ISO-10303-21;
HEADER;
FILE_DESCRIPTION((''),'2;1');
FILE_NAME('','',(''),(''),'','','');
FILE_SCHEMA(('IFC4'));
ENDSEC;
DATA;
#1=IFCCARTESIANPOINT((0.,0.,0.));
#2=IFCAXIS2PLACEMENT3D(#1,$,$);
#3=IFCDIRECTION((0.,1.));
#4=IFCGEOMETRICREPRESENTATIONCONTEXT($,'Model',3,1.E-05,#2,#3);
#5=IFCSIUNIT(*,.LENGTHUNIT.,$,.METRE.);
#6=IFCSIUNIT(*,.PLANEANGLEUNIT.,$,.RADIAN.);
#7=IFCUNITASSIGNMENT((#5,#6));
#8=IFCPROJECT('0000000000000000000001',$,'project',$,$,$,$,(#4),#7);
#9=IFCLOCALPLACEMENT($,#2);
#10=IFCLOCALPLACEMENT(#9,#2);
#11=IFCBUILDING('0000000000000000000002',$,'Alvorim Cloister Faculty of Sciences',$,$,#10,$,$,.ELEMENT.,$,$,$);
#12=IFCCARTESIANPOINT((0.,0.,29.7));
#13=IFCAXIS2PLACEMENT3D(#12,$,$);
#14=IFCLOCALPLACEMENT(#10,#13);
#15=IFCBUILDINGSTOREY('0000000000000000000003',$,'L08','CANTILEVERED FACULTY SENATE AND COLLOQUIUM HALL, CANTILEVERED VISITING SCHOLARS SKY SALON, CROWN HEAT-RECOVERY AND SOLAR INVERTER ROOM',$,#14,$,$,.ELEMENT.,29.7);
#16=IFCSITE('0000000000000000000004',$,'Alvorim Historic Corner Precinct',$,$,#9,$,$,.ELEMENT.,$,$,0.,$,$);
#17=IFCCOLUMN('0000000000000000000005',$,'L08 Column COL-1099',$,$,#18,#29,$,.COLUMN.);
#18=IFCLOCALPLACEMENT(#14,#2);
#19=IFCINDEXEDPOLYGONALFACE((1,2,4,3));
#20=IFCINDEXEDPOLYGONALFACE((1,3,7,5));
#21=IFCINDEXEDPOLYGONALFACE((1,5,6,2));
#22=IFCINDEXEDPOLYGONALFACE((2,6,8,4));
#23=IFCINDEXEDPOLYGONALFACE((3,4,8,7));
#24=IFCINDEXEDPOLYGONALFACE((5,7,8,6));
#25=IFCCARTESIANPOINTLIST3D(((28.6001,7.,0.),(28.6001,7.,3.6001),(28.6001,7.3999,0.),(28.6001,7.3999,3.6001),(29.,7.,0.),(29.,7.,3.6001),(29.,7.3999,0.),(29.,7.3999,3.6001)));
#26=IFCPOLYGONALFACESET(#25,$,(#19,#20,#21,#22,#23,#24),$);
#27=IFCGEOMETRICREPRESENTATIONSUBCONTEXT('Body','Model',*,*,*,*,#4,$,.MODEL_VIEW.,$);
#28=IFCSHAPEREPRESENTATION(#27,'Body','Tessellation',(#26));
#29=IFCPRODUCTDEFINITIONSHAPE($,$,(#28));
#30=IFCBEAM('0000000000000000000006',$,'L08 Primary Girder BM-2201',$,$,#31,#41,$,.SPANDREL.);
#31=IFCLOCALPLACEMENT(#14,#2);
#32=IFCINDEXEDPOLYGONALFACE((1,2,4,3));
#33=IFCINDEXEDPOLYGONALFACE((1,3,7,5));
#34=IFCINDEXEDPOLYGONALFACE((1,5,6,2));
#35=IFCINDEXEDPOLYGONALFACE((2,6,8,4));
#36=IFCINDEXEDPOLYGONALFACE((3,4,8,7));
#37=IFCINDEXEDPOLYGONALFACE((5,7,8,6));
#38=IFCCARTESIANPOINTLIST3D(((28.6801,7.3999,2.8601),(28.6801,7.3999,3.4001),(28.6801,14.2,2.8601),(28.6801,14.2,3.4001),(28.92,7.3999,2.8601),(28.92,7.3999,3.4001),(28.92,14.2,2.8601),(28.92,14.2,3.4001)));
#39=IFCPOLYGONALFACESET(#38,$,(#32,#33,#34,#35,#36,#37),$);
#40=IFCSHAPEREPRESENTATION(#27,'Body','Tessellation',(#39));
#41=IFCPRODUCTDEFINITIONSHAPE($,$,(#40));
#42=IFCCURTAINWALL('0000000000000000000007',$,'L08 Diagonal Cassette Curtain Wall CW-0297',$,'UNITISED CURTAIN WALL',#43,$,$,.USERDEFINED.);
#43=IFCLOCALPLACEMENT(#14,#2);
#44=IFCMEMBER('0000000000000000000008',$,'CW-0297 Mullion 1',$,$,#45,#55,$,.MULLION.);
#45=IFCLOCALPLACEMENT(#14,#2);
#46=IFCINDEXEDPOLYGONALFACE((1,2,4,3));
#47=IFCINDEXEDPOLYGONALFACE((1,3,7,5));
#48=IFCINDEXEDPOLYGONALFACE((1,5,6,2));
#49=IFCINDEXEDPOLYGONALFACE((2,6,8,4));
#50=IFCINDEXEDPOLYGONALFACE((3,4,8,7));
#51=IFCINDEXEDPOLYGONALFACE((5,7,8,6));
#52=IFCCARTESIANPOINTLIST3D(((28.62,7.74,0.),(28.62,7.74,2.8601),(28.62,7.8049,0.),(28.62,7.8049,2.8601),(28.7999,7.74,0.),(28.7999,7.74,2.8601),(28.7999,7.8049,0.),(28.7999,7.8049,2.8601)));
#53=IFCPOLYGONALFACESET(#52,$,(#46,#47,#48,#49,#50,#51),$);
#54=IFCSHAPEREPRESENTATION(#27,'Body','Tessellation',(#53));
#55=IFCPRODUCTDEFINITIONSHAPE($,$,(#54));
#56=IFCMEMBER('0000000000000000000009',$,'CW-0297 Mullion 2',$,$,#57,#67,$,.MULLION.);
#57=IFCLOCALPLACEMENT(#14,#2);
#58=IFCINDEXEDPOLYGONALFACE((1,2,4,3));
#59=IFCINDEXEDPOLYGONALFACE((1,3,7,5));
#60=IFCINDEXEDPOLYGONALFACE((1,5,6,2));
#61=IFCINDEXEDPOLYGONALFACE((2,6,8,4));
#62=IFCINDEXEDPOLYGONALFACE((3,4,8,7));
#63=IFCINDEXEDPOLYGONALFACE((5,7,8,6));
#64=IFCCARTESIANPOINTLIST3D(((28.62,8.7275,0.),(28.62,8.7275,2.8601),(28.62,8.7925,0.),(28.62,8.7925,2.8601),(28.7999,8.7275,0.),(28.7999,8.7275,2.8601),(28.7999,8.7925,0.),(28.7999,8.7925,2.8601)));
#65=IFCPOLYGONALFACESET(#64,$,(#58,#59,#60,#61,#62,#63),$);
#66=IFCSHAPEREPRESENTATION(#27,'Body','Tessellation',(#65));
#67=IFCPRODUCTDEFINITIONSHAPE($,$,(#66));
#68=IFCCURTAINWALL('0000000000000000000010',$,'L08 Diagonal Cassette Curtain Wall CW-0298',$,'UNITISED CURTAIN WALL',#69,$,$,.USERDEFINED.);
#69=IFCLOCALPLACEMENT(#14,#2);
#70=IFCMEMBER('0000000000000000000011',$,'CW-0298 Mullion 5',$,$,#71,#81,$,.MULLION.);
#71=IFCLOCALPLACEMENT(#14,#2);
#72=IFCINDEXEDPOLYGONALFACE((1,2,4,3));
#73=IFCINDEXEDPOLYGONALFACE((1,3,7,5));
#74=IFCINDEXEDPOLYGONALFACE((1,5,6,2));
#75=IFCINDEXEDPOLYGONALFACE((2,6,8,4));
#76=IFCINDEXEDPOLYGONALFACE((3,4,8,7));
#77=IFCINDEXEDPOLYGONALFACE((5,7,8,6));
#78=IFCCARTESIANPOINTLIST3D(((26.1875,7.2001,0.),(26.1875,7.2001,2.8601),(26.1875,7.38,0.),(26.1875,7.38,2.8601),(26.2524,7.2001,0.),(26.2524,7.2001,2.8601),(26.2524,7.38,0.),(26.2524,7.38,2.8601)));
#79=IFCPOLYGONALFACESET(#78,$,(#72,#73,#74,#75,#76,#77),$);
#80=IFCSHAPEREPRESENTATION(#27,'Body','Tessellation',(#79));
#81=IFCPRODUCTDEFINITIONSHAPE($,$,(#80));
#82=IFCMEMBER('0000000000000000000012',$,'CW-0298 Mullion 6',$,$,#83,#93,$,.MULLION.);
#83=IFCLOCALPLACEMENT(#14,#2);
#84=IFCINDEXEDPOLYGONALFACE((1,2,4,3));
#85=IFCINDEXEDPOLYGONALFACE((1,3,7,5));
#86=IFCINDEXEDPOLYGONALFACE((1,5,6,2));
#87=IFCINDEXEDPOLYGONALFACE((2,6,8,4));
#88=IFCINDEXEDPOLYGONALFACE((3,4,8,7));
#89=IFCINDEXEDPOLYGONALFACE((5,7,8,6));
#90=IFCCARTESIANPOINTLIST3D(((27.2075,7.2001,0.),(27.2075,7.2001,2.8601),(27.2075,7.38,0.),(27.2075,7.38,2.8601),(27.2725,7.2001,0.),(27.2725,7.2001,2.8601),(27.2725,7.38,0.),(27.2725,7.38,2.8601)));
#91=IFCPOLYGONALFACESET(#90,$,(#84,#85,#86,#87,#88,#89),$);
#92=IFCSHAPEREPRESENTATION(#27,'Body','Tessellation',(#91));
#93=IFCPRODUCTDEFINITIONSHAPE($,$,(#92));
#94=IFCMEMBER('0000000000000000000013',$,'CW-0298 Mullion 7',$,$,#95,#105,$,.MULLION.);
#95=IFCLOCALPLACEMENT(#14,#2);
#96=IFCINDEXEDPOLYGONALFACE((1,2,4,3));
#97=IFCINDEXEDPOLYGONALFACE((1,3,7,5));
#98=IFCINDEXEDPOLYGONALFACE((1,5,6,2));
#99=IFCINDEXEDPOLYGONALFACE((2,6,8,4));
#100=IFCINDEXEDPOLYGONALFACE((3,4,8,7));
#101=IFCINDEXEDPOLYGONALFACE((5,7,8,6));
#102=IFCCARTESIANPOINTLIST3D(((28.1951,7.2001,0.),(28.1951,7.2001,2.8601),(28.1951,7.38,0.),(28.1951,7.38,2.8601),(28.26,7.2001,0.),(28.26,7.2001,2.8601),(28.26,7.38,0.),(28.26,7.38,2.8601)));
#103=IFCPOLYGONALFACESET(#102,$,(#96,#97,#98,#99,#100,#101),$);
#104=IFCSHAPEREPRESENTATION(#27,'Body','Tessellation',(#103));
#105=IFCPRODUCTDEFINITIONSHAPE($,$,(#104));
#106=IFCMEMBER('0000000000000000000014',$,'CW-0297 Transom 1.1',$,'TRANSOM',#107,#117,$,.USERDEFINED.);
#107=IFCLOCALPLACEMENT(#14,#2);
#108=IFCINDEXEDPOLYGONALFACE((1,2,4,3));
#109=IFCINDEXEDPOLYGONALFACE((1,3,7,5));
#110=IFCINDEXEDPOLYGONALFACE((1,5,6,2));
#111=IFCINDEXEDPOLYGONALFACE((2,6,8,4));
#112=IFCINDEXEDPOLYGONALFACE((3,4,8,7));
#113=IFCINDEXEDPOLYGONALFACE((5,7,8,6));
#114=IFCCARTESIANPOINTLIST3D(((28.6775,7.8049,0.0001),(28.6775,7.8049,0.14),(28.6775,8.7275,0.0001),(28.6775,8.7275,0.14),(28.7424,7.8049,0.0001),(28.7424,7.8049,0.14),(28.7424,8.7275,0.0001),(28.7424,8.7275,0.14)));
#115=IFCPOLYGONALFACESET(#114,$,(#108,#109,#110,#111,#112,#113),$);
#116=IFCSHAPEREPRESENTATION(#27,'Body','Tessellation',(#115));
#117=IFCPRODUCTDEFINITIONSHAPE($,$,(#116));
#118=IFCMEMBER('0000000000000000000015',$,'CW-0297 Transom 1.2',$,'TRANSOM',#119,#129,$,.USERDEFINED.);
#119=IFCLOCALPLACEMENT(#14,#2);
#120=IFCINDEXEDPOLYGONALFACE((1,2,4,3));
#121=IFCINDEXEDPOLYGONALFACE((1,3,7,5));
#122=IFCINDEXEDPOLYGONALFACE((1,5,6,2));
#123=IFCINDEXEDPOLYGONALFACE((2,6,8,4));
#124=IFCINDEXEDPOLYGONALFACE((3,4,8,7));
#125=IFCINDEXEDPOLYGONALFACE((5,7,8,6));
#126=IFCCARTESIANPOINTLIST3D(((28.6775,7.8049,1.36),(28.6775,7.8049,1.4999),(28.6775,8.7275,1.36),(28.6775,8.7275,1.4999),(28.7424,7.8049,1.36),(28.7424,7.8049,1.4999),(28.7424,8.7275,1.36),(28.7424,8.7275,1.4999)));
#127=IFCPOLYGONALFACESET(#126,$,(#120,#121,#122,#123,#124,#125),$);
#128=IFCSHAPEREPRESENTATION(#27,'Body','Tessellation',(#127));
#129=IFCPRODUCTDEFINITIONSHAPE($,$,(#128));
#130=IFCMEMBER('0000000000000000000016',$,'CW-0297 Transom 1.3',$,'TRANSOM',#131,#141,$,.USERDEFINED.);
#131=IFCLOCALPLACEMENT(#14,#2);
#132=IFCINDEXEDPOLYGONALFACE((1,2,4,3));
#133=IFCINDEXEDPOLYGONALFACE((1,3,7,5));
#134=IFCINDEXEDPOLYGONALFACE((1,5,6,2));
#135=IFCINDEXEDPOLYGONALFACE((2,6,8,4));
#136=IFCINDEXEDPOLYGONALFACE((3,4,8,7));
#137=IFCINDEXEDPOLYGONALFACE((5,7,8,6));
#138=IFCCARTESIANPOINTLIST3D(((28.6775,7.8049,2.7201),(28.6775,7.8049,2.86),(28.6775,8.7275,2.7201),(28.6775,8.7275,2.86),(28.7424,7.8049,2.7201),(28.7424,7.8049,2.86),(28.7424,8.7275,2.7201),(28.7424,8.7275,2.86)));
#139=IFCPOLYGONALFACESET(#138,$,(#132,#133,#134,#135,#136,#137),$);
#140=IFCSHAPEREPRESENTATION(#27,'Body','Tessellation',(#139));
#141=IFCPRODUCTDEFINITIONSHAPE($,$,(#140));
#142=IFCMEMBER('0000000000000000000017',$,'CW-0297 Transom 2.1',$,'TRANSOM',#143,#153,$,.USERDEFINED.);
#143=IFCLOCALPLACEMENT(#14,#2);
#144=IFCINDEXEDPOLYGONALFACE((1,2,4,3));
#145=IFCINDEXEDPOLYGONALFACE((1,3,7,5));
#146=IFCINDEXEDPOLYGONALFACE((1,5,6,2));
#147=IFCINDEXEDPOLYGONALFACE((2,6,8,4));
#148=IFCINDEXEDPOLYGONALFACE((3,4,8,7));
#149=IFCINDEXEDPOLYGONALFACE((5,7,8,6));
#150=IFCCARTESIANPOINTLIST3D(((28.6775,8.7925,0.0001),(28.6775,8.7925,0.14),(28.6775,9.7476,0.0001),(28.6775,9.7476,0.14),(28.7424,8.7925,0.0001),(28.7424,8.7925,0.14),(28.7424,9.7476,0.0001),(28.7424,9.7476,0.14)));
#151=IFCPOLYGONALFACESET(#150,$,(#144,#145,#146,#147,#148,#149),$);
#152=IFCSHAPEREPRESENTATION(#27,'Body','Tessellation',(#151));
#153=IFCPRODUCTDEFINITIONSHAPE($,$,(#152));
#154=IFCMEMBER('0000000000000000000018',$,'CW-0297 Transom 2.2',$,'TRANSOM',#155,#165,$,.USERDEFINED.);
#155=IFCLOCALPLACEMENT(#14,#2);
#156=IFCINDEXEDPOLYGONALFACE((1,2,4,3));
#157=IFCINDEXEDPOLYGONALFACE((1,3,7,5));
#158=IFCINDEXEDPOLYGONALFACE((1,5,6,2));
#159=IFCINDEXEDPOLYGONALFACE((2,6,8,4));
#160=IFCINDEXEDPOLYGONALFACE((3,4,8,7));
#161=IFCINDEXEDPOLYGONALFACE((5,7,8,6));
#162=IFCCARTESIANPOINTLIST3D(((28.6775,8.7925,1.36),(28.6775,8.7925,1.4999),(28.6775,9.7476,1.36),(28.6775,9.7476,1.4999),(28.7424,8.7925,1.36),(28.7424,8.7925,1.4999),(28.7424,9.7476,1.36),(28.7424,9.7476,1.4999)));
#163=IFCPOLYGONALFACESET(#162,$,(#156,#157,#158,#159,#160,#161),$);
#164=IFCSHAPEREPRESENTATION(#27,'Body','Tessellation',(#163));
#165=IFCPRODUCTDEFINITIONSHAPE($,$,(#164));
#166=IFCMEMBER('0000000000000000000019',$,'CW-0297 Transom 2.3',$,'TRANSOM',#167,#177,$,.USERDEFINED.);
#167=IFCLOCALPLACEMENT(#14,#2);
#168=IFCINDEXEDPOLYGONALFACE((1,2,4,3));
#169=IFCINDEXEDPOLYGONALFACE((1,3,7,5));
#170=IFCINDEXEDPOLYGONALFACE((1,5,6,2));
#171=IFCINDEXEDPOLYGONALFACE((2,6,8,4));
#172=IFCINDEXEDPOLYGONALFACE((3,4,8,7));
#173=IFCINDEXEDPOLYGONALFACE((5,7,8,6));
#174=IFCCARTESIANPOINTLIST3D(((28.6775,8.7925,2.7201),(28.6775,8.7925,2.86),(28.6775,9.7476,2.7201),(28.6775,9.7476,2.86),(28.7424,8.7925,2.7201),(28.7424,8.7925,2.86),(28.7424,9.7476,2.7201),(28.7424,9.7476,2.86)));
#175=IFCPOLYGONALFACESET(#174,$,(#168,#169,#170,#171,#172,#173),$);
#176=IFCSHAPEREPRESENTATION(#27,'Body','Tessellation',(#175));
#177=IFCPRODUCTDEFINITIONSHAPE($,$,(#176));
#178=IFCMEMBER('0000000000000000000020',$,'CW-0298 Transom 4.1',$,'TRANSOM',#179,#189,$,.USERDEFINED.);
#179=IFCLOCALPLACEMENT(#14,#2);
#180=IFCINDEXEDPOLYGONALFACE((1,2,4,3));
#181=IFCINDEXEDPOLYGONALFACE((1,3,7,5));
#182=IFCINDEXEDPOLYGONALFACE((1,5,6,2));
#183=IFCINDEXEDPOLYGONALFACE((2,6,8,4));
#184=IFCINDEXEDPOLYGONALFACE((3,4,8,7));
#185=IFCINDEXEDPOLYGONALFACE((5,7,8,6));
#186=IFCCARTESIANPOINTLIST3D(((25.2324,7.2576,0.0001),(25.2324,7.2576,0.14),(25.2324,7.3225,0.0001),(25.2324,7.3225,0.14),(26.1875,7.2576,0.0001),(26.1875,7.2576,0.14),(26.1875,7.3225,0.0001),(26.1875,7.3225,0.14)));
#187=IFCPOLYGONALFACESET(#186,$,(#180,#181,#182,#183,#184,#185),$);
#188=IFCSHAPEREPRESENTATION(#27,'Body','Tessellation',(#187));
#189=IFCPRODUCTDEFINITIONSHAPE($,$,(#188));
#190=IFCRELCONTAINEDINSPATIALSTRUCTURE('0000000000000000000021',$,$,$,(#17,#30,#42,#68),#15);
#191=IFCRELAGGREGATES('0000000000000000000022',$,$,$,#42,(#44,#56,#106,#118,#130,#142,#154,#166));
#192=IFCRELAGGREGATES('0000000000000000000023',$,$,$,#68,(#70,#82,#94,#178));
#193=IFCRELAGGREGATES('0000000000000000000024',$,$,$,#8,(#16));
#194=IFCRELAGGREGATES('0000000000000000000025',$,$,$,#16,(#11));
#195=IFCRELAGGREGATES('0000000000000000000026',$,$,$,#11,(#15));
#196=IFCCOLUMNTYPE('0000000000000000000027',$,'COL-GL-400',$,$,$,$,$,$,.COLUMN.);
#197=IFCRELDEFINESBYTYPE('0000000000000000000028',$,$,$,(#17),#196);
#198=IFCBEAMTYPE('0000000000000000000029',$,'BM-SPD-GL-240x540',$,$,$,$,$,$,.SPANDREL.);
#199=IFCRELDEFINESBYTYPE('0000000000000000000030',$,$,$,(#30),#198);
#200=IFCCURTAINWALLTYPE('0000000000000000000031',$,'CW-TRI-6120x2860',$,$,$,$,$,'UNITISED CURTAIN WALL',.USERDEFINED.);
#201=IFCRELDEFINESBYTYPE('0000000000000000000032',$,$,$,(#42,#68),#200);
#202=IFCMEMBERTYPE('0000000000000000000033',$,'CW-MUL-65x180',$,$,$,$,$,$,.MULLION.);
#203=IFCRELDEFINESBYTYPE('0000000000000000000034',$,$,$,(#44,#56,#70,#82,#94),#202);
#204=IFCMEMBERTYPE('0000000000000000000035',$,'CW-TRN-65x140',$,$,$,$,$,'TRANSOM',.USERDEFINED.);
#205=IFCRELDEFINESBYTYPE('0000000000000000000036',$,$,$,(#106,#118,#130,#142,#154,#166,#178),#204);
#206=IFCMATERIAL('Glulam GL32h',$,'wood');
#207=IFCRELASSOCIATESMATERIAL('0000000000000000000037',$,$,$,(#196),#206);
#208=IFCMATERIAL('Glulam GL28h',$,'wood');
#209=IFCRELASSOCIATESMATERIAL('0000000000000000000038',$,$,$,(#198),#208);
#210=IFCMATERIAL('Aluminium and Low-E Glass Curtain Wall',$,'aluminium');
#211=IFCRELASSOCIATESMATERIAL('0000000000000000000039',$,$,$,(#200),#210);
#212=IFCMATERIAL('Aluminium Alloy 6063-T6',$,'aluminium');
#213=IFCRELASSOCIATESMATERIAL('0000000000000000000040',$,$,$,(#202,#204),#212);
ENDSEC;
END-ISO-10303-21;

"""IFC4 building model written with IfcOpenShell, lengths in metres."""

from ifc_helpers import new_model, si_unit, direction, frame, origin, origin_2d, place, context, subcontext, project, spatial, rectangle, extrude, material, material_profile, profile_set, type_object, element, aggregate, save


model = new_model("IFC4")

# Units and contexts
model_context = context("Model", 3, precision=1e-05, world=origin(), true_north=direction((0.0, 1.0)))
body_context = subcontext(model_context, "Body", "Model", "MODEL_VIEW")
ifc_project = project(units=[si_unit("LENGTHUNIT", "METRE"), si_unit("PLANEANGLEUNIT", "RADIAN")], contexts=[model_context])

# Site, building, storey
site_placement = place(None, origin())
site = spatial("IfcSite", under=ifc_project, at=site_placement, Name="Alvorim Historic Corner Precinct", CompositionType="ELEMENT", RefElevation=0.0)
building_placement = place(site_placement, origin())
building = spatial("IfcBuilding", under=site, at=building_placement, Name="Alvorim Cloister Faculty of Sciences", CompositionType="ELEMENT")
storey_placement = place(building_placement, frame((0.0, 0.0, 29.7)))
storey = spatial("IfcBuildingStorey", under=building, at=storey_placement, Name="L08", Description="CANTILEVERED FACULTY SENATE AND COLLOQUIUM HALL, CANTILEVERED VISITING SCHOLARS SKY SALON, CROWN HEAT-RECOVERY AND SOLAR INVERTER ROOM", CompositionType="ELEMENT", Elevation=29.7)

# Column
ifc_material_1 = material(Name="Glulam GL32h", Category="wood")
ifc_material_profile_1 = material_profile(ifc_material_1, rectangle(XDim=0.3999, YDim=0.3999, at=origin_2d()), Name="GL32-COL-400x400")
ifc_profile_set_1 = profile_set([ifc_material_profile_1], Name="Glulam GL32h")
column_type = type_object("IfcColumnType", Name="COL-GL-400", PredefinedType="COLUMN", material=ifc_profile_set_1)
column_placement = place(storey_placement, frame((28.8, 7.2, 0.0), z_axis=(0.0, 0.0, 1.0), x_axis=(1.0, 0.0, 0.0)))
element("IfcColumn", 1, at=column_placement, inside=storey, type_object=column_type, Name="L08 Column COL-1099", PredefinedType="COLUMN", context=body_context, shape_type="SweptSolid", body=[
    extrude(rectangle(XDim=0.3999, YDim=0.3999, at=origin_2d()), origin(), (0.0, 0.0, 1.0), 3.6001),
])

# Beam
ifc_material_2 = material(Name="Glulam GL28h", Category="wood")
ifc_material_profile_2 = material_profile(ifc_material_2, rectangle(XDim=0.24, YDim=0.54, at=origin_2d()), Name="GL28-SPD-240x540")
ifc_profile_set_2 = profile_set([ifc_material_profile_2], Name="Glulam GL28h")
beam_type = type_object("IfcBeamType", Name="BM-SPD-GL-240x540", PredefinedType="SPANDREL", material=ifc_profile_set_2)
beam_placement = place(storey_placement, frame((28.8, 7.3999, 3.1301), z_axis=(0.0, 1.0, 0.0), x_axis=(-1.0, 0.0, 0.0)))
element("IfcBeam", 2, at=beam_placement, inside=storey, type_object=beam_type, Name="L08 Primary Girder BM-2201", PredefinedType="SPANDREL", context=body_context, shape_type="SweptSolid", body=[
    extrude(rectangle(XDim=0.24, YDim=0.54, at=origin_2d()), origin(), (0.0, 0.0, 1.0), 6.8),
])

# Curtain walls, members
ifc_material_3 = material(Name="Aluminium and Low-E Glass Curtain Wall", Category="aluminium")
curtain_wall_type = type_object("IfcCurtainWallType", Name="CW-TRI-6120x2860", ElementType="UNITISED CURTAIN WALL", PredefinedType="USERDEFINED", material=ifc_material_3)
curtain_wall_1_placement = place(storey_placement, origin())
curtain_wall_1 = element("IfcCurtainWall", 3, at=curtain_wall_1_placement, inside=storey, type_object=curtain_wall_type, Name="L08 Diagonal Cassette Curtain Wall CW-0297", ObjectType="UNITISED CURTAIN WALL", PredefinedType="USERDEFINED")
ifc_material_4 = material(Name="Aluminium Alloy 6063-T6", Category="aluminium")
ifc_material_profile_3 = material_profile(ifc_material_4, rectangle(XDim=0.0649, YDim=0.1799, at=origin_2d()), Name="ALU-MUL-65x180")
ifc_profile_set_3 = profile_set([ifc_material_profile_3], Name="Aluminium Alloy 6063-T6")
member_type_1 = type_object("IfcMemberType", Name="CW-MUL-65x180", PredefinedType="MULLION", material=ifc_profile_set_3)
member_1_placement = place(storey_placement, frame((28.71, 7.7725, 0.0), z_axis=(0.0, 0.0, 1.0), x_axis=(0.0, 1.0, 0.0)))
member_1 = element("IfcMember", 4, at=member_1_placement, type_object=member_type_1, Name="CW-0297 Mullion 1", PredefinedType="MULLION", context=body_context, shape_type="SweptSolid", body=[
    extrude(rectangle(XDim=0.0649, YDim=0.1799, at=origin_2d()), origin(), (0.0, 0.0, 1.0), 2.8601),
])
member_2_placement = place(storey_placement, frame((28.71, 8.76, 0.0), z_axis=(0.0, 0.0, 1.0), x_axis=(0.0, 1.0, 0.0)))
member_2 = element("IfcMember", 5, at=member_2_placement, type_object=member_type_1, Name="CW-0297 Mullion 2", PredefinedType="MULLION", context=body_context, shape_type="SweptSolid", body=[
    extrude(rectangle(XDim=0.0649, YDim=0.1799, at=origin_2d()), origin(), (0.0, 0.0, 1.0), 2.8601),
])
curtain_wall_2_placement = place(storey_placement, origin())
curtain_wall_2 = element("IfcCurtainWall", 6, at=curtain_wall_2_placement, inside=storey, type_object=curtain_wall_type, Name="L08 Diagonal Cassette Curtain Wall CW-0298", ObjectType="UNITISED CURTAIN WALL", PredefinedType="USERDEFINED")
member_3_placement = place(storey_placement, frame((26.22, 7.29, 0.0), z_axis=(0.0, 0.0, 1.0), x_axis=(1.0, 0.0, 0.0)))
member_3 = element("IfcMember", 7, at=member_3_placement, type_object=member_type_1, Name="CW-0298 Mullion 5", PredefinedType="MULLION", context=body_context, shape_type="SweptSolid", body=[
    extrude(rectangle(XDim=0.0649, YDim=0.1799, at=origin_2d()), origin(), (0.0, 0.0, 1.0), 2.8601),
])
member_4_placement = place(storey_placement, frame((27.24, 7.29, 0.0), z_axis=(0.0, 0.0, 1.0), x_axis=(1.0, 0.0, 0.0)))
member_4 = element("IfcMember", 8, at=member_4_placement, type_object=member_type_1, Name="CW-0298 Mullion 6", PredefinedType="MULLION", context=body_context, shape_type="SweptSolid", body=[
    extrude(rectangle(XDim=0.0649, YDim=0.1799, at=origin_2d()), origin(), (0.0, 0.0, 1.0), 2.8601),
])
member_5_placement = place(storey_placement, frame((28.2275, 7.29, 0.0), z_axis=(0.0, 0.0, 1.0), x_axis=(1.0, 0.0, 0.0)))
member_5 = element("IfcMember", 9, at=member_5_placement, type_object=member_type_1, Name="CW-0298 Mullion 7", PredefinedType="MULLION", context=body_context, shape_type="SweptSolid", body=[
    extrude(rectangle(XDim=0.0649, YDim=0.1799, at=origin_2d()), origin(), (0.0, 0.0, 1.0), 2.8601),
])

# Members
ifc_material_profile_4 = material_profile(ifc_material_4, rectangle(XDim=0.0649, YDim=0.1399, at=origin_2d()), Name="ALU-TRN-65x140")
ifc_profile_set_4 = profile_set([ifc_material_profile_4], Name="Aluminium Alloy 6063-T6")
member_type_2 = type_object("IfcMemberType", Name="CW-TRN-65x140", ElementType="TRANSOM", PredefinedType="USERDEFINED", material=ifc_profile_set_4)
member_6_placement = place(storey_placement, frame((28.71, 7.8049, 0.0701), z_axis=(0.0, 1.0, 0.0), x_axis=(-1.0, 0.0, 0.0)))
member_6 = element("IfcMember", 10, at=member_6_placement, type_object=member_type_2, Name="CW-0297 Transom 1.1", ObjectType="TRANSOM", PredefinedType="USERDEFINED", context=body_context, shape_type="SweptSolid", body=[
    extrude(rectangle(XDim=0.0649, YDim=0.1399, at=origin_2d()), origin(), (0.0, 0.0, 1.0), 0.9226),
])
member_7_placement = place(storey_placement, frame((28.71, 7.8049, 1.4299), z_axis=(0.0, 1.0, 0.0), x_axis=(-1.0, 0.0, 0.0)))
member_7 = element("IfcMember", 11, at=member_7_placement, type_object=member_type_2, Name="CW-0297 Transom 1.2", ObjectType="TRANSOM", PredefinedType="USERDEFINED", context=body_context, shape_type="SweptSolid", body=[
    extrude(rectangle(XDim=0.0649, YDim=0.1399, at=origin_2d()), origin(), (0.0, 0.0, 1.0), 0.9226),
])
member_8_placement = place(storey_placement, frame((28.71, 7.8049, 2.79), z_axis=(0.0, 1.0, 0.0), x_axis=(-1.0, 0.0, 0.0)))
member_8 = element("IfcMember", 12, at=member_8_placement, type_object=member_type_2, Name="CW-0297 Transom 1.3", ObjectType="TRANSOM", PredefinedType="USERDEFINED", context=body_context, shape_type="SweptSolid", body=[
    extrude(rectangle(XDim=0.0649, YDim=0.1399, at=origin_2d()), origin(), (0.0, 0.0, 1.0), 0.9226),
])
member_9_placement = place(storey_placement, frame((28.71, 8.7925, 0.0701), z_axis=(0.0, 1.0, 0.0), x_axis=(-1.0, 0.0, 0.0)))
member_9 = element("IfcMember", 13, at=member_9_placement, type_object=member_type_2, Name="CW-0297 Transom 2.1", ObjectType="TRANSOM", PredefinedType="USERDEFINED", context=body_context, shape_type="SweptSolid", body=[
    extrude(rectangle(XDim=0.0649, YDim=0.1399, at=origin_2d()), origin(), (0.0, 0.0, 1.0), 0.9551),
])
member_10_placement = place(storey_placement, frame((28.71, 8.7925, 1.4299), z_axis=(0.0, 1.0, 0.0), x_axis=(-1.0, 0.0, 0.0)))
member_10 = element("IfcMember", 14, at=member_10_placement, type_object=member_type_2, Name="CW-0297 Transom 2.2", ObjectType="TRANSOM", PredefinedType="USERDEFINED", context=body_context, shape_type="SweptSolid", body=[
    extrude(rectangle(XDim=0.0649, YDim=0.1399, at=origin_2d()), origin(), (0.0, 0.0, 1.0), 0.9551),
])
member_11_placement = place(storey_placement, frame((28.71, 8.7925, 2.79), z_axis=(0.0, 1.0, 0.0), x_axis=(-1.0, 0.0, 0.0)))
member_11 = element("IfcMember", 15, at=member_11_placement, type_object=member_type_2, Name="CW-0297 Transom 2.3", ObjectType="TRANSOM", PredefinedType="USERDEFINED", context=body_context, shape_type="SweptSolid", body=[
    extrude(rectangle(XDim=0.0649, YDim=0.1399, at=origin_2d()), origin(), (0.0, 0.0, 1.0), 0.9551),
])
member_12_placement = place(storey_placement, frame((25.2324, 7.29, 0.0701), z_axis=(1.0, 0.0, 0.0), x_axis=(0.0, 1.0, 0.0)))
member_12 = element("IfcMember", 16, at=member_12_placement, type_object=member_type_2, Name="CW-0298 Transom 4.1", ObjectType="TRANSOM", PredefinedType="USERDEFINED", context=body_context, shape_type="SweptSolid", body=[
    extrude(rectangle(XDim=0.0649, YDim=0.1399, at=origin_2d()), origin(), (0.0, 0.0, 1.0), 0.9551),
])

aggregate(curtain_wall_1, [member_1, member_2, member_6, member_7, member_8, member_9, member_10, member_11])
aggregate(curtain_wall_2, [member_3, member_4, member_5, member_12])

save(model, "model.ifc")
